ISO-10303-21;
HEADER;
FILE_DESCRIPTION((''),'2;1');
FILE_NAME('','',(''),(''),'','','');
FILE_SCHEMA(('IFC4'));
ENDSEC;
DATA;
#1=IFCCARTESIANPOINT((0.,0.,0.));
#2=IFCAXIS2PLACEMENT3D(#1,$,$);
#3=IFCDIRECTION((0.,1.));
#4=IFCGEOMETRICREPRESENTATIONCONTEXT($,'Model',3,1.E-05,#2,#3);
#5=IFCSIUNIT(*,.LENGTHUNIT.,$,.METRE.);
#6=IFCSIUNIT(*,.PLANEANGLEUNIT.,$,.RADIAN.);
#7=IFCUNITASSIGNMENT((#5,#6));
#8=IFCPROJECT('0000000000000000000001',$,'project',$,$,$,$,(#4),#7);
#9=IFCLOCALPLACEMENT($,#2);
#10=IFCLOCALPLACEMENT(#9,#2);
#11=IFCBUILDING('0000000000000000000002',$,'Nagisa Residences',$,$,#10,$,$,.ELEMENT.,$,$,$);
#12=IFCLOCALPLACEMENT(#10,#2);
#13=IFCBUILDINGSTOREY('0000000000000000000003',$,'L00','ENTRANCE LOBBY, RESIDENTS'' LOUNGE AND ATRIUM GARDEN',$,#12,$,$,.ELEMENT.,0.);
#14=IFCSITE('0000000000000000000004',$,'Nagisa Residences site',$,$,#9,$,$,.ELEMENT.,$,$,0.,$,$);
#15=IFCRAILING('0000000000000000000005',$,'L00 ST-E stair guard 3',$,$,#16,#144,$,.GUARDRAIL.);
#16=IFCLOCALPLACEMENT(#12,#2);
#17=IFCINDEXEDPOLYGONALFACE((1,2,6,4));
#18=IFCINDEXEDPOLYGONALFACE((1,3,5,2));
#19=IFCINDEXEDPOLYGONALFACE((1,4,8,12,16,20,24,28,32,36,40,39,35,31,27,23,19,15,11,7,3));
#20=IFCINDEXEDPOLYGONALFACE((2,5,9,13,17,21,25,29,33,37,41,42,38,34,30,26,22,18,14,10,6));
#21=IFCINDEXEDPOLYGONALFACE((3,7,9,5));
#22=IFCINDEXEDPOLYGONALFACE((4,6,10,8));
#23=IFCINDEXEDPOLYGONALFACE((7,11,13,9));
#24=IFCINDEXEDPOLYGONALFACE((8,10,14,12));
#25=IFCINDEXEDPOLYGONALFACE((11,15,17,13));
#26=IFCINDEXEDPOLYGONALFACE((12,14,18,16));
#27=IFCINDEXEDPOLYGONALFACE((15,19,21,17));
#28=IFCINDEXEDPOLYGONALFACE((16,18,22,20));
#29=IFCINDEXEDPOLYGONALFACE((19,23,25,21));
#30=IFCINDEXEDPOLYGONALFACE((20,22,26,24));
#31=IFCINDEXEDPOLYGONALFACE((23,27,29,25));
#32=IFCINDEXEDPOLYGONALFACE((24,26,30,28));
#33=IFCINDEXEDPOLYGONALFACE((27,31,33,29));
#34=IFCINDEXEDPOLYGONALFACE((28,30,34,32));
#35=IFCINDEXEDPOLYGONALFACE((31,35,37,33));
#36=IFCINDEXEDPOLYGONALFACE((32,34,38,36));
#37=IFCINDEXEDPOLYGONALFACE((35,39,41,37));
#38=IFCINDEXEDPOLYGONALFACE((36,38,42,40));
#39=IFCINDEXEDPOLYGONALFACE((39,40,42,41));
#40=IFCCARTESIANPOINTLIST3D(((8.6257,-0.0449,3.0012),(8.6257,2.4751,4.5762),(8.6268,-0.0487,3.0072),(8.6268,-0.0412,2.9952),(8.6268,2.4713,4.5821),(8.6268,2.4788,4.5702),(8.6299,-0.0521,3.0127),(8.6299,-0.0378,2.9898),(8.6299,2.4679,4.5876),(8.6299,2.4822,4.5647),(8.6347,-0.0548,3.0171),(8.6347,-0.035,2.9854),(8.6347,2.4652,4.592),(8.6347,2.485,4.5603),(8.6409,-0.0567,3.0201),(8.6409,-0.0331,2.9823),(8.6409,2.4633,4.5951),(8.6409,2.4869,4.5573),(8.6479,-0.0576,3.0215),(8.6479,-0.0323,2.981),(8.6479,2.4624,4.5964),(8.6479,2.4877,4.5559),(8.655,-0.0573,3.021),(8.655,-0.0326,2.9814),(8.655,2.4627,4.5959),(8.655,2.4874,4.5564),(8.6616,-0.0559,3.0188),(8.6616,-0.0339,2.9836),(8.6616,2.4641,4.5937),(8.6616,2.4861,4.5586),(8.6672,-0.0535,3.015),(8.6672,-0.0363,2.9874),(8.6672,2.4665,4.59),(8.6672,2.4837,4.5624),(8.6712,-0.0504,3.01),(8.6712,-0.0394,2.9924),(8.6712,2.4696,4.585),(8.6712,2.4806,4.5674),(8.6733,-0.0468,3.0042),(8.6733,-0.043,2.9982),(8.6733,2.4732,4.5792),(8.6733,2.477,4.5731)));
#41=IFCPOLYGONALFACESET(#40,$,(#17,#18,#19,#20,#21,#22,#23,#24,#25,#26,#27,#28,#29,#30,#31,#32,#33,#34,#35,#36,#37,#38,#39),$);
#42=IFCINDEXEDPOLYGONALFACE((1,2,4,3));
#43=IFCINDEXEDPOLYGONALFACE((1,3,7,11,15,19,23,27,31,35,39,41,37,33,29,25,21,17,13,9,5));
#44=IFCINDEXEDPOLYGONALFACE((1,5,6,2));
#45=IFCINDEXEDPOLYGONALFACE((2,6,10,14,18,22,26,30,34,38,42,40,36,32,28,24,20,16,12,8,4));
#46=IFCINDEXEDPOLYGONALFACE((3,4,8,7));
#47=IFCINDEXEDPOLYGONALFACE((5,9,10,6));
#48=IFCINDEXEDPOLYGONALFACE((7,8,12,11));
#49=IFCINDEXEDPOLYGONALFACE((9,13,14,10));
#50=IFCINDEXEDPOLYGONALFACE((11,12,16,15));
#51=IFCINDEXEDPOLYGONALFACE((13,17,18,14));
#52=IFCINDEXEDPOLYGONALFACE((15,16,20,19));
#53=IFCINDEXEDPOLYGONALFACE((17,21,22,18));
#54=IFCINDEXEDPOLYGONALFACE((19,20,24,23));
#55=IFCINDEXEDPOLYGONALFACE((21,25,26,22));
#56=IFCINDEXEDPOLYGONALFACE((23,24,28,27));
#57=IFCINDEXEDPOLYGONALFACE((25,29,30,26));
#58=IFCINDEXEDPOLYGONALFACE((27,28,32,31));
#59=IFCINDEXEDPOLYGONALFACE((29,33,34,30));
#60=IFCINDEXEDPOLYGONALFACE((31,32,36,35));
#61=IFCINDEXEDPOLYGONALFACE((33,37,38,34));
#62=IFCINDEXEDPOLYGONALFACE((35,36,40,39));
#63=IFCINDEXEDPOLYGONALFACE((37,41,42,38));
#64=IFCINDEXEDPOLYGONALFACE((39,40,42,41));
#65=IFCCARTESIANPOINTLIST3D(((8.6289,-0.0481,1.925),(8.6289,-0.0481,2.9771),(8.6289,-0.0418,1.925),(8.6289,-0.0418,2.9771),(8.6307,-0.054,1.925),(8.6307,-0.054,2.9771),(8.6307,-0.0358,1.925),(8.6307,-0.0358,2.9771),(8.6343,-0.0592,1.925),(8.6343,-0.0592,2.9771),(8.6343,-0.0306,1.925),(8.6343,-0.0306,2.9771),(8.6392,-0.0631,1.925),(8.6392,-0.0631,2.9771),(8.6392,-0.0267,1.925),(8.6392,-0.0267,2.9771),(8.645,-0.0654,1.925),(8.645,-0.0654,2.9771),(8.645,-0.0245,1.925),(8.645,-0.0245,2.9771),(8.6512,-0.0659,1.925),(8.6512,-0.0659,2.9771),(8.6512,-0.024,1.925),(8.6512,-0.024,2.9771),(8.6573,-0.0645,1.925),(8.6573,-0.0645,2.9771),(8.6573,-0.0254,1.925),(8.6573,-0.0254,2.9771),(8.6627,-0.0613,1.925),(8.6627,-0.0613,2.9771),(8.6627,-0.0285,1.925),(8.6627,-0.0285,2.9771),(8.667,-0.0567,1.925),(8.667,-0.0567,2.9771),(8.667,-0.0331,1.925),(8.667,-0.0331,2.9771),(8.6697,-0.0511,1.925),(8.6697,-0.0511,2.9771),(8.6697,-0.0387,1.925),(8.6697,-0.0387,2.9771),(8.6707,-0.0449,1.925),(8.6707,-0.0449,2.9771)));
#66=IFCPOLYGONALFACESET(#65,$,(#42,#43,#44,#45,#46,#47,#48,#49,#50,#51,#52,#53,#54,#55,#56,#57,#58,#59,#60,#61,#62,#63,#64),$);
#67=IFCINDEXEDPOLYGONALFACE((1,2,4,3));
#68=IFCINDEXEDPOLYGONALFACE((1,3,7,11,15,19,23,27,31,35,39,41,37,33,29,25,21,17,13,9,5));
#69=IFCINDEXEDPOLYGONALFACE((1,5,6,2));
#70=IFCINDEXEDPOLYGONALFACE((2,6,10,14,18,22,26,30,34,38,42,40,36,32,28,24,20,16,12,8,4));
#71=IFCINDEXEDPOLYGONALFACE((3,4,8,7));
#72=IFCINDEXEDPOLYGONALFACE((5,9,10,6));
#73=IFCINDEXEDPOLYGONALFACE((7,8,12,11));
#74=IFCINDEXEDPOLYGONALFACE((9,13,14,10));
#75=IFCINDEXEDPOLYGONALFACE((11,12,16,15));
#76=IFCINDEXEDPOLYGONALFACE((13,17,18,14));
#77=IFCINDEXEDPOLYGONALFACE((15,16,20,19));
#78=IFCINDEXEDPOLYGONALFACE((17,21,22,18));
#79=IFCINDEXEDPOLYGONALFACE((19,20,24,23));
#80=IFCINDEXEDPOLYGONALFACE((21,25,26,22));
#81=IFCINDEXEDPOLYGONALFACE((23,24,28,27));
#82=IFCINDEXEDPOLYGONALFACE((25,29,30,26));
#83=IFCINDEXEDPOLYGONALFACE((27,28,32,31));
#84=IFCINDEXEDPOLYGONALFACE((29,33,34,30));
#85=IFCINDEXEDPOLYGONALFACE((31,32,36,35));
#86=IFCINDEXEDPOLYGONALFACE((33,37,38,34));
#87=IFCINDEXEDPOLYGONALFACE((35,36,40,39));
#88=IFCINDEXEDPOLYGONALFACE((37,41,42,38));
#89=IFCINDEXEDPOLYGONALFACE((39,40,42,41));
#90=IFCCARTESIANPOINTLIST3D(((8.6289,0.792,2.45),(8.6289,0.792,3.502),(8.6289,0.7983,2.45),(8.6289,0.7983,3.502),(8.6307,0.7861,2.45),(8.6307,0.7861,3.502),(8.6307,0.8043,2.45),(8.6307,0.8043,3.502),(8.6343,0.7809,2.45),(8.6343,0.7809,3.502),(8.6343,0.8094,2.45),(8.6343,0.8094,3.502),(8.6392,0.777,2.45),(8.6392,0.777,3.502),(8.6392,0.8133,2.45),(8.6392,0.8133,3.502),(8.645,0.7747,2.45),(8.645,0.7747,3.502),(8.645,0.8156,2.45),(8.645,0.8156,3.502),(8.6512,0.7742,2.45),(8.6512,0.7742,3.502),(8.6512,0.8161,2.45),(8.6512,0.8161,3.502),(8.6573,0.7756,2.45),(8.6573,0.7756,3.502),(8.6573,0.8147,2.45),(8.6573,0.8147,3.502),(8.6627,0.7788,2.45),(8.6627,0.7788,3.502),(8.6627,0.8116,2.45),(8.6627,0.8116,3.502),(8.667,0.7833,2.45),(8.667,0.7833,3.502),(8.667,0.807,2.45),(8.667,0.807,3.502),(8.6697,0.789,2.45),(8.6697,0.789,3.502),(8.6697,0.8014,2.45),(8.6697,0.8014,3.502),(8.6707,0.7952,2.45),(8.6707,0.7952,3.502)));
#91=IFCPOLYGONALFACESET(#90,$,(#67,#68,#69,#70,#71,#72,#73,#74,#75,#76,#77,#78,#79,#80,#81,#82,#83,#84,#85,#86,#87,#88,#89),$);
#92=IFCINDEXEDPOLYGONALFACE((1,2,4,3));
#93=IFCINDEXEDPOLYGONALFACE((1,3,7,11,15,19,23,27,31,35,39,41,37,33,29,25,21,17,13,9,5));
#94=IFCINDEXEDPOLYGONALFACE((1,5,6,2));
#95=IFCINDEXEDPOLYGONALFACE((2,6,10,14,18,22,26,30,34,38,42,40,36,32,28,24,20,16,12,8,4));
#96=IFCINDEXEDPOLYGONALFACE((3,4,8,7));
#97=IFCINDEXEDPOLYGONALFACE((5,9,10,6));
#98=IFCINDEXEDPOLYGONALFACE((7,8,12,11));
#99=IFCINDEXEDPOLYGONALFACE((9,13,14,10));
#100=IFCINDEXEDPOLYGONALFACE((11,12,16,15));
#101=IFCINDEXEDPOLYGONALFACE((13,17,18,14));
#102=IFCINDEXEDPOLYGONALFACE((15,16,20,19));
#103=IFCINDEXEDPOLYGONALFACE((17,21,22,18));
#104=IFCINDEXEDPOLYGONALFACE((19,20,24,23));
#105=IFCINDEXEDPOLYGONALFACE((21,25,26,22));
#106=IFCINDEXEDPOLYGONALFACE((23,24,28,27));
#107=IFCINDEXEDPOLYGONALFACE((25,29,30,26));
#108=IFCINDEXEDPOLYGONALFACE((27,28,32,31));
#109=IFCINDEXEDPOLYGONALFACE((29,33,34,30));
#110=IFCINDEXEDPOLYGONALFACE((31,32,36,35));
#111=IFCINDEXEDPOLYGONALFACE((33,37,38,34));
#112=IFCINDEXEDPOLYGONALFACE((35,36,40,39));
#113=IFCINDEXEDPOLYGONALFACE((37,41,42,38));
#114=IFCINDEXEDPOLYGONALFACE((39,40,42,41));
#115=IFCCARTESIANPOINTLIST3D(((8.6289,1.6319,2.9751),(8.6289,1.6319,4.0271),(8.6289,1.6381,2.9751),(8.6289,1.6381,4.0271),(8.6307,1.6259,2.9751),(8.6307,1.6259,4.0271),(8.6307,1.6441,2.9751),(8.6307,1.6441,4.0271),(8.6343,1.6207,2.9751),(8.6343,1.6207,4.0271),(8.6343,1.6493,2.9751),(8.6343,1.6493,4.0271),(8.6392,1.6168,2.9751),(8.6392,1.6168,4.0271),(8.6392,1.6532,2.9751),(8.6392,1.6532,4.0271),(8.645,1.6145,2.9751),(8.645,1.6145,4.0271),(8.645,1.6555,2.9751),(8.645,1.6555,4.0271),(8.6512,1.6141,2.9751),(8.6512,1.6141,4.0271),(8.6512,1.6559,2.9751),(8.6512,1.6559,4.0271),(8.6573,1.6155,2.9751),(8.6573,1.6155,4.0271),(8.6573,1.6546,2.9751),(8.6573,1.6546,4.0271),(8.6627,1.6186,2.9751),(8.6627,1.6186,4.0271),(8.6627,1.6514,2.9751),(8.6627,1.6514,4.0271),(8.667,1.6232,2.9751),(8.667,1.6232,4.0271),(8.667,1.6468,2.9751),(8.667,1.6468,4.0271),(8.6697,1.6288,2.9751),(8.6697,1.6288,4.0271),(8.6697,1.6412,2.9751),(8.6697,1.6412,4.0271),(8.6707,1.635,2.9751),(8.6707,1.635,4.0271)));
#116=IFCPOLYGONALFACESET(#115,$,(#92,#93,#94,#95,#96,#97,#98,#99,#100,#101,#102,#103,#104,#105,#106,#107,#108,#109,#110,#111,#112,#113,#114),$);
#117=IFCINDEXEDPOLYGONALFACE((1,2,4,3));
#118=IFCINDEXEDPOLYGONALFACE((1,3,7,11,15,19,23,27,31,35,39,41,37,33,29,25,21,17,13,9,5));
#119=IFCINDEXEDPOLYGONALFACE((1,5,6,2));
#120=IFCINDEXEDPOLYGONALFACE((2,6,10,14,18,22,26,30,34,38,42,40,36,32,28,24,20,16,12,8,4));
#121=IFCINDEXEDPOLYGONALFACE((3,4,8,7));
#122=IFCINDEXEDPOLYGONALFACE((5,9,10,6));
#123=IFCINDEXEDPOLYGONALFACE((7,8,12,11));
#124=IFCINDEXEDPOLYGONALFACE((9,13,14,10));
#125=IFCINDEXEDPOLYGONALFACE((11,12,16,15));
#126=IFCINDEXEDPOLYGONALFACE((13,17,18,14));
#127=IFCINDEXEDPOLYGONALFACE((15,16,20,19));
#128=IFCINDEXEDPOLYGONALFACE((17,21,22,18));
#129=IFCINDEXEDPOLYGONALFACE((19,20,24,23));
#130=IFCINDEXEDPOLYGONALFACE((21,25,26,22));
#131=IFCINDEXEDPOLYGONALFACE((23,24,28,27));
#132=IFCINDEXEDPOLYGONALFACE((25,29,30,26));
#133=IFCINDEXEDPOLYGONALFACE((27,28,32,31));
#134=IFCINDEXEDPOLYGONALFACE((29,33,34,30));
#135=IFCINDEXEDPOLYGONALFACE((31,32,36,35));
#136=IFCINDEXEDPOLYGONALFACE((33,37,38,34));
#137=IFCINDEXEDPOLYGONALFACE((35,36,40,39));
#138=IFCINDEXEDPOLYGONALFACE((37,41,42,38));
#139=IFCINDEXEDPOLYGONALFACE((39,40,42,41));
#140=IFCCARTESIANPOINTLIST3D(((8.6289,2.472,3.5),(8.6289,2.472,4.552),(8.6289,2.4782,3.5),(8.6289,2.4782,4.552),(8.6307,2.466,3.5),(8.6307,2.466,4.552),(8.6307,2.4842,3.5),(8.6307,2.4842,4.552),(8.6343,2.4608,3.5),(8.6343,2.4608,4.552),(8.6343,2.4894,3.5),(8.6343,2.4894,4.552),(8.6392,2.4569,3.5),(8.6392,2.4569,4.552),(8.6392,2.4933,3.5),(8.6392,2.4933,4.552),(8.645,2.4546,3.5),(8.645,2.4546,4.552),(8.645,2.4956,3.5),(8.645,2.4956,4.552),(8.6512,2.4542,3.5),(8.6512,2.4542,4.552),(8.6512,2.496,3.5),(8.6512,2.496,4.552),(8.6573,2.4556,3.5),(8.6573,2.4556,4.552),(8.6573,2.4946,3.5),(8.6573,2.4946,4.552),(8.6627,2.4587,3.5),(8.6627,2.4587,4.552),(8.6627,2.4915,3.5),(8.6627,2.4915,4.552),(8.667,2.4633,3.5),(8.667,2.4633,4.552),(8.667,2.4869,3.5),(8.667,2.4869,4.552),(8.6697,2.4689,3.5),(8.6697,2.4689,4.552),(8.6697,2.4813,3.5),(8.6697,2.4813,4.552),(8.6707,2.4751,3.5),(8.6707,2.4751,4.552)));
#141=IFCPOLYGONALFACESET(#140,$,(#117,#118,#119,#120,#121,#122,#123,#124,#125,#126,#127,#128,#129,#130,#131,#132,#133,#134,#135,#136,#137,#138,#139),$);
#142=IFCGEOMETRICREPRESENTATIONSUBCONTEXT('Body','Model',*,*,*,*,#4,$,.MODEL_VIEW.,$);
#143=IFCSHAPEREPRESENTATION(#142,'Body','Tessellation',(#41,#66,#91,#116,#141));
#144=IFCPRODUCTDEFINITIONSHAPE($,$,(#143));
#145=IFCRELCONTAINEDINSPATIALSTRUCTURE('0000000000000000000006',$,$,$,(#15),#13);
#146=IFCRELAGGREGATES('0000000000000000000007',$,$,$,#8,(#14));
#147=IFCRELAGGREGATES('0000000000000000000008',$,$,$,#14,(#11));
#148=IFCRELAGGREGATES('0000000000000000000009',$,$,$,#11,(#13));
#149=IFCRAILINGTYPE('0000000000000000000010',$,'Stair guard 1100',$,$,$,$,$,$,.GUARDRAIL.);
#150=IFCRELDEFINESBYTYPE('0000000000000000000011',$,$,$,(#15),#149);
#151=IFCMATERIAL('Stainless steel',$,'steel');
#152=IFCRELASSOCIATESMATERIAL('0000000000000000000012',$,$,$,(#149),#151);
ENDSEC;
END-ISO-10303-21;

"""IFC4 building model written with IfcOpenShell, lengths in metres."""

from ifc_helpers import new_model, si_unit, direction, frame, origin, origin_2d, place, context, subcontext, project, spatial, circle, extrude, material, type_object, element, save


model = new_model("IFC4")

# Units and contexts
model_context = context("Model", 3, precision=1e-05, world=origin(), true_north=direction((0.0, 1.0)))
body_context = subcontext(model_context, "Body", "Model", "MODEL_VIEW")
ifc_project = project(units=[si_unit("LENGTHUNIT", "METRE"), si_unit("PLANEANGLEUNIT", "RADIAN")], contexts=[model_context])

# Site, building, storey
site_placement = place(None, origin())
site = spatial("IfcSite", under=ifc_project, at=site_placement, Name="Nagisa Residences site", CompositionType="ELEMENT", RefElevation=0.0)
building_placement = place(site_placement, origin())
building = spatial("IfcBuilding", under=site, at=building_placement, Name="Nagisa Residences", CompositionType="ELEMENT")
storey_placement = place(building_placement, origin())
storey = spatial("IfcBuildingStorey", under=building, at=storey_placement, Name="L00", Description="ENTRANCE LOBBY, RESIDENTS' LOUNGE AND ATRIUM GARDEN", CompositionType="ELEMENT", Elevation=0.0)

# Railing
ifc_material_1 = material(Name="Stainless steel", Category="steel")
railing_type_1 = type_object("IfcRailingType", Name="Stair guard 1100", PredefinedType="GUARDRAIL", material=ifc_material_1)
railing_1_placement = place(storey_placement, frame((8.6497, -0.0449, 1.925)))
element("IfcRailing", 1, at=railing_1_placement, inside=storey, type_object=railing_type_1, Name="L00 ST-E stair guard 3", PredefinedType="GUARDRAIL", context=body_context, shape_type="SweptSolid", body=[
    extrude(circle(Radius=0.0239, at=origin_2d()), frame((0.0, 0.0, 1.0762), z_axis=(0.0, 0.848008, 0.529984), x_axis=(-1.0, 0.0, 0.0)), (0.0, 0.0, 1.0), 2.9717),
    extrude(circle(Radius=0.021, at=origin_2d()), origin(), (0.0, 0.0, 1.0), 1.052),
    extrude(circle(Radius=0.021, at=origin_2d()), frame((0.0, 0.8401, 0.5249)), (0.0, 0.0, 1.0), 1.052),
    extrude(circle(Radius=0.021, at=origin_2d()), frame((0.0, 1.6799, 1.05)), (0.0, 0.0, 1.0), 1.052),
    extrude(circle(Radius=0.021, at=origin_2d()), frame((0.0, 2.52, 1.575)), (0.0, 0.0, 1.0), 1.052),
])

save(model, "model.ifc")
